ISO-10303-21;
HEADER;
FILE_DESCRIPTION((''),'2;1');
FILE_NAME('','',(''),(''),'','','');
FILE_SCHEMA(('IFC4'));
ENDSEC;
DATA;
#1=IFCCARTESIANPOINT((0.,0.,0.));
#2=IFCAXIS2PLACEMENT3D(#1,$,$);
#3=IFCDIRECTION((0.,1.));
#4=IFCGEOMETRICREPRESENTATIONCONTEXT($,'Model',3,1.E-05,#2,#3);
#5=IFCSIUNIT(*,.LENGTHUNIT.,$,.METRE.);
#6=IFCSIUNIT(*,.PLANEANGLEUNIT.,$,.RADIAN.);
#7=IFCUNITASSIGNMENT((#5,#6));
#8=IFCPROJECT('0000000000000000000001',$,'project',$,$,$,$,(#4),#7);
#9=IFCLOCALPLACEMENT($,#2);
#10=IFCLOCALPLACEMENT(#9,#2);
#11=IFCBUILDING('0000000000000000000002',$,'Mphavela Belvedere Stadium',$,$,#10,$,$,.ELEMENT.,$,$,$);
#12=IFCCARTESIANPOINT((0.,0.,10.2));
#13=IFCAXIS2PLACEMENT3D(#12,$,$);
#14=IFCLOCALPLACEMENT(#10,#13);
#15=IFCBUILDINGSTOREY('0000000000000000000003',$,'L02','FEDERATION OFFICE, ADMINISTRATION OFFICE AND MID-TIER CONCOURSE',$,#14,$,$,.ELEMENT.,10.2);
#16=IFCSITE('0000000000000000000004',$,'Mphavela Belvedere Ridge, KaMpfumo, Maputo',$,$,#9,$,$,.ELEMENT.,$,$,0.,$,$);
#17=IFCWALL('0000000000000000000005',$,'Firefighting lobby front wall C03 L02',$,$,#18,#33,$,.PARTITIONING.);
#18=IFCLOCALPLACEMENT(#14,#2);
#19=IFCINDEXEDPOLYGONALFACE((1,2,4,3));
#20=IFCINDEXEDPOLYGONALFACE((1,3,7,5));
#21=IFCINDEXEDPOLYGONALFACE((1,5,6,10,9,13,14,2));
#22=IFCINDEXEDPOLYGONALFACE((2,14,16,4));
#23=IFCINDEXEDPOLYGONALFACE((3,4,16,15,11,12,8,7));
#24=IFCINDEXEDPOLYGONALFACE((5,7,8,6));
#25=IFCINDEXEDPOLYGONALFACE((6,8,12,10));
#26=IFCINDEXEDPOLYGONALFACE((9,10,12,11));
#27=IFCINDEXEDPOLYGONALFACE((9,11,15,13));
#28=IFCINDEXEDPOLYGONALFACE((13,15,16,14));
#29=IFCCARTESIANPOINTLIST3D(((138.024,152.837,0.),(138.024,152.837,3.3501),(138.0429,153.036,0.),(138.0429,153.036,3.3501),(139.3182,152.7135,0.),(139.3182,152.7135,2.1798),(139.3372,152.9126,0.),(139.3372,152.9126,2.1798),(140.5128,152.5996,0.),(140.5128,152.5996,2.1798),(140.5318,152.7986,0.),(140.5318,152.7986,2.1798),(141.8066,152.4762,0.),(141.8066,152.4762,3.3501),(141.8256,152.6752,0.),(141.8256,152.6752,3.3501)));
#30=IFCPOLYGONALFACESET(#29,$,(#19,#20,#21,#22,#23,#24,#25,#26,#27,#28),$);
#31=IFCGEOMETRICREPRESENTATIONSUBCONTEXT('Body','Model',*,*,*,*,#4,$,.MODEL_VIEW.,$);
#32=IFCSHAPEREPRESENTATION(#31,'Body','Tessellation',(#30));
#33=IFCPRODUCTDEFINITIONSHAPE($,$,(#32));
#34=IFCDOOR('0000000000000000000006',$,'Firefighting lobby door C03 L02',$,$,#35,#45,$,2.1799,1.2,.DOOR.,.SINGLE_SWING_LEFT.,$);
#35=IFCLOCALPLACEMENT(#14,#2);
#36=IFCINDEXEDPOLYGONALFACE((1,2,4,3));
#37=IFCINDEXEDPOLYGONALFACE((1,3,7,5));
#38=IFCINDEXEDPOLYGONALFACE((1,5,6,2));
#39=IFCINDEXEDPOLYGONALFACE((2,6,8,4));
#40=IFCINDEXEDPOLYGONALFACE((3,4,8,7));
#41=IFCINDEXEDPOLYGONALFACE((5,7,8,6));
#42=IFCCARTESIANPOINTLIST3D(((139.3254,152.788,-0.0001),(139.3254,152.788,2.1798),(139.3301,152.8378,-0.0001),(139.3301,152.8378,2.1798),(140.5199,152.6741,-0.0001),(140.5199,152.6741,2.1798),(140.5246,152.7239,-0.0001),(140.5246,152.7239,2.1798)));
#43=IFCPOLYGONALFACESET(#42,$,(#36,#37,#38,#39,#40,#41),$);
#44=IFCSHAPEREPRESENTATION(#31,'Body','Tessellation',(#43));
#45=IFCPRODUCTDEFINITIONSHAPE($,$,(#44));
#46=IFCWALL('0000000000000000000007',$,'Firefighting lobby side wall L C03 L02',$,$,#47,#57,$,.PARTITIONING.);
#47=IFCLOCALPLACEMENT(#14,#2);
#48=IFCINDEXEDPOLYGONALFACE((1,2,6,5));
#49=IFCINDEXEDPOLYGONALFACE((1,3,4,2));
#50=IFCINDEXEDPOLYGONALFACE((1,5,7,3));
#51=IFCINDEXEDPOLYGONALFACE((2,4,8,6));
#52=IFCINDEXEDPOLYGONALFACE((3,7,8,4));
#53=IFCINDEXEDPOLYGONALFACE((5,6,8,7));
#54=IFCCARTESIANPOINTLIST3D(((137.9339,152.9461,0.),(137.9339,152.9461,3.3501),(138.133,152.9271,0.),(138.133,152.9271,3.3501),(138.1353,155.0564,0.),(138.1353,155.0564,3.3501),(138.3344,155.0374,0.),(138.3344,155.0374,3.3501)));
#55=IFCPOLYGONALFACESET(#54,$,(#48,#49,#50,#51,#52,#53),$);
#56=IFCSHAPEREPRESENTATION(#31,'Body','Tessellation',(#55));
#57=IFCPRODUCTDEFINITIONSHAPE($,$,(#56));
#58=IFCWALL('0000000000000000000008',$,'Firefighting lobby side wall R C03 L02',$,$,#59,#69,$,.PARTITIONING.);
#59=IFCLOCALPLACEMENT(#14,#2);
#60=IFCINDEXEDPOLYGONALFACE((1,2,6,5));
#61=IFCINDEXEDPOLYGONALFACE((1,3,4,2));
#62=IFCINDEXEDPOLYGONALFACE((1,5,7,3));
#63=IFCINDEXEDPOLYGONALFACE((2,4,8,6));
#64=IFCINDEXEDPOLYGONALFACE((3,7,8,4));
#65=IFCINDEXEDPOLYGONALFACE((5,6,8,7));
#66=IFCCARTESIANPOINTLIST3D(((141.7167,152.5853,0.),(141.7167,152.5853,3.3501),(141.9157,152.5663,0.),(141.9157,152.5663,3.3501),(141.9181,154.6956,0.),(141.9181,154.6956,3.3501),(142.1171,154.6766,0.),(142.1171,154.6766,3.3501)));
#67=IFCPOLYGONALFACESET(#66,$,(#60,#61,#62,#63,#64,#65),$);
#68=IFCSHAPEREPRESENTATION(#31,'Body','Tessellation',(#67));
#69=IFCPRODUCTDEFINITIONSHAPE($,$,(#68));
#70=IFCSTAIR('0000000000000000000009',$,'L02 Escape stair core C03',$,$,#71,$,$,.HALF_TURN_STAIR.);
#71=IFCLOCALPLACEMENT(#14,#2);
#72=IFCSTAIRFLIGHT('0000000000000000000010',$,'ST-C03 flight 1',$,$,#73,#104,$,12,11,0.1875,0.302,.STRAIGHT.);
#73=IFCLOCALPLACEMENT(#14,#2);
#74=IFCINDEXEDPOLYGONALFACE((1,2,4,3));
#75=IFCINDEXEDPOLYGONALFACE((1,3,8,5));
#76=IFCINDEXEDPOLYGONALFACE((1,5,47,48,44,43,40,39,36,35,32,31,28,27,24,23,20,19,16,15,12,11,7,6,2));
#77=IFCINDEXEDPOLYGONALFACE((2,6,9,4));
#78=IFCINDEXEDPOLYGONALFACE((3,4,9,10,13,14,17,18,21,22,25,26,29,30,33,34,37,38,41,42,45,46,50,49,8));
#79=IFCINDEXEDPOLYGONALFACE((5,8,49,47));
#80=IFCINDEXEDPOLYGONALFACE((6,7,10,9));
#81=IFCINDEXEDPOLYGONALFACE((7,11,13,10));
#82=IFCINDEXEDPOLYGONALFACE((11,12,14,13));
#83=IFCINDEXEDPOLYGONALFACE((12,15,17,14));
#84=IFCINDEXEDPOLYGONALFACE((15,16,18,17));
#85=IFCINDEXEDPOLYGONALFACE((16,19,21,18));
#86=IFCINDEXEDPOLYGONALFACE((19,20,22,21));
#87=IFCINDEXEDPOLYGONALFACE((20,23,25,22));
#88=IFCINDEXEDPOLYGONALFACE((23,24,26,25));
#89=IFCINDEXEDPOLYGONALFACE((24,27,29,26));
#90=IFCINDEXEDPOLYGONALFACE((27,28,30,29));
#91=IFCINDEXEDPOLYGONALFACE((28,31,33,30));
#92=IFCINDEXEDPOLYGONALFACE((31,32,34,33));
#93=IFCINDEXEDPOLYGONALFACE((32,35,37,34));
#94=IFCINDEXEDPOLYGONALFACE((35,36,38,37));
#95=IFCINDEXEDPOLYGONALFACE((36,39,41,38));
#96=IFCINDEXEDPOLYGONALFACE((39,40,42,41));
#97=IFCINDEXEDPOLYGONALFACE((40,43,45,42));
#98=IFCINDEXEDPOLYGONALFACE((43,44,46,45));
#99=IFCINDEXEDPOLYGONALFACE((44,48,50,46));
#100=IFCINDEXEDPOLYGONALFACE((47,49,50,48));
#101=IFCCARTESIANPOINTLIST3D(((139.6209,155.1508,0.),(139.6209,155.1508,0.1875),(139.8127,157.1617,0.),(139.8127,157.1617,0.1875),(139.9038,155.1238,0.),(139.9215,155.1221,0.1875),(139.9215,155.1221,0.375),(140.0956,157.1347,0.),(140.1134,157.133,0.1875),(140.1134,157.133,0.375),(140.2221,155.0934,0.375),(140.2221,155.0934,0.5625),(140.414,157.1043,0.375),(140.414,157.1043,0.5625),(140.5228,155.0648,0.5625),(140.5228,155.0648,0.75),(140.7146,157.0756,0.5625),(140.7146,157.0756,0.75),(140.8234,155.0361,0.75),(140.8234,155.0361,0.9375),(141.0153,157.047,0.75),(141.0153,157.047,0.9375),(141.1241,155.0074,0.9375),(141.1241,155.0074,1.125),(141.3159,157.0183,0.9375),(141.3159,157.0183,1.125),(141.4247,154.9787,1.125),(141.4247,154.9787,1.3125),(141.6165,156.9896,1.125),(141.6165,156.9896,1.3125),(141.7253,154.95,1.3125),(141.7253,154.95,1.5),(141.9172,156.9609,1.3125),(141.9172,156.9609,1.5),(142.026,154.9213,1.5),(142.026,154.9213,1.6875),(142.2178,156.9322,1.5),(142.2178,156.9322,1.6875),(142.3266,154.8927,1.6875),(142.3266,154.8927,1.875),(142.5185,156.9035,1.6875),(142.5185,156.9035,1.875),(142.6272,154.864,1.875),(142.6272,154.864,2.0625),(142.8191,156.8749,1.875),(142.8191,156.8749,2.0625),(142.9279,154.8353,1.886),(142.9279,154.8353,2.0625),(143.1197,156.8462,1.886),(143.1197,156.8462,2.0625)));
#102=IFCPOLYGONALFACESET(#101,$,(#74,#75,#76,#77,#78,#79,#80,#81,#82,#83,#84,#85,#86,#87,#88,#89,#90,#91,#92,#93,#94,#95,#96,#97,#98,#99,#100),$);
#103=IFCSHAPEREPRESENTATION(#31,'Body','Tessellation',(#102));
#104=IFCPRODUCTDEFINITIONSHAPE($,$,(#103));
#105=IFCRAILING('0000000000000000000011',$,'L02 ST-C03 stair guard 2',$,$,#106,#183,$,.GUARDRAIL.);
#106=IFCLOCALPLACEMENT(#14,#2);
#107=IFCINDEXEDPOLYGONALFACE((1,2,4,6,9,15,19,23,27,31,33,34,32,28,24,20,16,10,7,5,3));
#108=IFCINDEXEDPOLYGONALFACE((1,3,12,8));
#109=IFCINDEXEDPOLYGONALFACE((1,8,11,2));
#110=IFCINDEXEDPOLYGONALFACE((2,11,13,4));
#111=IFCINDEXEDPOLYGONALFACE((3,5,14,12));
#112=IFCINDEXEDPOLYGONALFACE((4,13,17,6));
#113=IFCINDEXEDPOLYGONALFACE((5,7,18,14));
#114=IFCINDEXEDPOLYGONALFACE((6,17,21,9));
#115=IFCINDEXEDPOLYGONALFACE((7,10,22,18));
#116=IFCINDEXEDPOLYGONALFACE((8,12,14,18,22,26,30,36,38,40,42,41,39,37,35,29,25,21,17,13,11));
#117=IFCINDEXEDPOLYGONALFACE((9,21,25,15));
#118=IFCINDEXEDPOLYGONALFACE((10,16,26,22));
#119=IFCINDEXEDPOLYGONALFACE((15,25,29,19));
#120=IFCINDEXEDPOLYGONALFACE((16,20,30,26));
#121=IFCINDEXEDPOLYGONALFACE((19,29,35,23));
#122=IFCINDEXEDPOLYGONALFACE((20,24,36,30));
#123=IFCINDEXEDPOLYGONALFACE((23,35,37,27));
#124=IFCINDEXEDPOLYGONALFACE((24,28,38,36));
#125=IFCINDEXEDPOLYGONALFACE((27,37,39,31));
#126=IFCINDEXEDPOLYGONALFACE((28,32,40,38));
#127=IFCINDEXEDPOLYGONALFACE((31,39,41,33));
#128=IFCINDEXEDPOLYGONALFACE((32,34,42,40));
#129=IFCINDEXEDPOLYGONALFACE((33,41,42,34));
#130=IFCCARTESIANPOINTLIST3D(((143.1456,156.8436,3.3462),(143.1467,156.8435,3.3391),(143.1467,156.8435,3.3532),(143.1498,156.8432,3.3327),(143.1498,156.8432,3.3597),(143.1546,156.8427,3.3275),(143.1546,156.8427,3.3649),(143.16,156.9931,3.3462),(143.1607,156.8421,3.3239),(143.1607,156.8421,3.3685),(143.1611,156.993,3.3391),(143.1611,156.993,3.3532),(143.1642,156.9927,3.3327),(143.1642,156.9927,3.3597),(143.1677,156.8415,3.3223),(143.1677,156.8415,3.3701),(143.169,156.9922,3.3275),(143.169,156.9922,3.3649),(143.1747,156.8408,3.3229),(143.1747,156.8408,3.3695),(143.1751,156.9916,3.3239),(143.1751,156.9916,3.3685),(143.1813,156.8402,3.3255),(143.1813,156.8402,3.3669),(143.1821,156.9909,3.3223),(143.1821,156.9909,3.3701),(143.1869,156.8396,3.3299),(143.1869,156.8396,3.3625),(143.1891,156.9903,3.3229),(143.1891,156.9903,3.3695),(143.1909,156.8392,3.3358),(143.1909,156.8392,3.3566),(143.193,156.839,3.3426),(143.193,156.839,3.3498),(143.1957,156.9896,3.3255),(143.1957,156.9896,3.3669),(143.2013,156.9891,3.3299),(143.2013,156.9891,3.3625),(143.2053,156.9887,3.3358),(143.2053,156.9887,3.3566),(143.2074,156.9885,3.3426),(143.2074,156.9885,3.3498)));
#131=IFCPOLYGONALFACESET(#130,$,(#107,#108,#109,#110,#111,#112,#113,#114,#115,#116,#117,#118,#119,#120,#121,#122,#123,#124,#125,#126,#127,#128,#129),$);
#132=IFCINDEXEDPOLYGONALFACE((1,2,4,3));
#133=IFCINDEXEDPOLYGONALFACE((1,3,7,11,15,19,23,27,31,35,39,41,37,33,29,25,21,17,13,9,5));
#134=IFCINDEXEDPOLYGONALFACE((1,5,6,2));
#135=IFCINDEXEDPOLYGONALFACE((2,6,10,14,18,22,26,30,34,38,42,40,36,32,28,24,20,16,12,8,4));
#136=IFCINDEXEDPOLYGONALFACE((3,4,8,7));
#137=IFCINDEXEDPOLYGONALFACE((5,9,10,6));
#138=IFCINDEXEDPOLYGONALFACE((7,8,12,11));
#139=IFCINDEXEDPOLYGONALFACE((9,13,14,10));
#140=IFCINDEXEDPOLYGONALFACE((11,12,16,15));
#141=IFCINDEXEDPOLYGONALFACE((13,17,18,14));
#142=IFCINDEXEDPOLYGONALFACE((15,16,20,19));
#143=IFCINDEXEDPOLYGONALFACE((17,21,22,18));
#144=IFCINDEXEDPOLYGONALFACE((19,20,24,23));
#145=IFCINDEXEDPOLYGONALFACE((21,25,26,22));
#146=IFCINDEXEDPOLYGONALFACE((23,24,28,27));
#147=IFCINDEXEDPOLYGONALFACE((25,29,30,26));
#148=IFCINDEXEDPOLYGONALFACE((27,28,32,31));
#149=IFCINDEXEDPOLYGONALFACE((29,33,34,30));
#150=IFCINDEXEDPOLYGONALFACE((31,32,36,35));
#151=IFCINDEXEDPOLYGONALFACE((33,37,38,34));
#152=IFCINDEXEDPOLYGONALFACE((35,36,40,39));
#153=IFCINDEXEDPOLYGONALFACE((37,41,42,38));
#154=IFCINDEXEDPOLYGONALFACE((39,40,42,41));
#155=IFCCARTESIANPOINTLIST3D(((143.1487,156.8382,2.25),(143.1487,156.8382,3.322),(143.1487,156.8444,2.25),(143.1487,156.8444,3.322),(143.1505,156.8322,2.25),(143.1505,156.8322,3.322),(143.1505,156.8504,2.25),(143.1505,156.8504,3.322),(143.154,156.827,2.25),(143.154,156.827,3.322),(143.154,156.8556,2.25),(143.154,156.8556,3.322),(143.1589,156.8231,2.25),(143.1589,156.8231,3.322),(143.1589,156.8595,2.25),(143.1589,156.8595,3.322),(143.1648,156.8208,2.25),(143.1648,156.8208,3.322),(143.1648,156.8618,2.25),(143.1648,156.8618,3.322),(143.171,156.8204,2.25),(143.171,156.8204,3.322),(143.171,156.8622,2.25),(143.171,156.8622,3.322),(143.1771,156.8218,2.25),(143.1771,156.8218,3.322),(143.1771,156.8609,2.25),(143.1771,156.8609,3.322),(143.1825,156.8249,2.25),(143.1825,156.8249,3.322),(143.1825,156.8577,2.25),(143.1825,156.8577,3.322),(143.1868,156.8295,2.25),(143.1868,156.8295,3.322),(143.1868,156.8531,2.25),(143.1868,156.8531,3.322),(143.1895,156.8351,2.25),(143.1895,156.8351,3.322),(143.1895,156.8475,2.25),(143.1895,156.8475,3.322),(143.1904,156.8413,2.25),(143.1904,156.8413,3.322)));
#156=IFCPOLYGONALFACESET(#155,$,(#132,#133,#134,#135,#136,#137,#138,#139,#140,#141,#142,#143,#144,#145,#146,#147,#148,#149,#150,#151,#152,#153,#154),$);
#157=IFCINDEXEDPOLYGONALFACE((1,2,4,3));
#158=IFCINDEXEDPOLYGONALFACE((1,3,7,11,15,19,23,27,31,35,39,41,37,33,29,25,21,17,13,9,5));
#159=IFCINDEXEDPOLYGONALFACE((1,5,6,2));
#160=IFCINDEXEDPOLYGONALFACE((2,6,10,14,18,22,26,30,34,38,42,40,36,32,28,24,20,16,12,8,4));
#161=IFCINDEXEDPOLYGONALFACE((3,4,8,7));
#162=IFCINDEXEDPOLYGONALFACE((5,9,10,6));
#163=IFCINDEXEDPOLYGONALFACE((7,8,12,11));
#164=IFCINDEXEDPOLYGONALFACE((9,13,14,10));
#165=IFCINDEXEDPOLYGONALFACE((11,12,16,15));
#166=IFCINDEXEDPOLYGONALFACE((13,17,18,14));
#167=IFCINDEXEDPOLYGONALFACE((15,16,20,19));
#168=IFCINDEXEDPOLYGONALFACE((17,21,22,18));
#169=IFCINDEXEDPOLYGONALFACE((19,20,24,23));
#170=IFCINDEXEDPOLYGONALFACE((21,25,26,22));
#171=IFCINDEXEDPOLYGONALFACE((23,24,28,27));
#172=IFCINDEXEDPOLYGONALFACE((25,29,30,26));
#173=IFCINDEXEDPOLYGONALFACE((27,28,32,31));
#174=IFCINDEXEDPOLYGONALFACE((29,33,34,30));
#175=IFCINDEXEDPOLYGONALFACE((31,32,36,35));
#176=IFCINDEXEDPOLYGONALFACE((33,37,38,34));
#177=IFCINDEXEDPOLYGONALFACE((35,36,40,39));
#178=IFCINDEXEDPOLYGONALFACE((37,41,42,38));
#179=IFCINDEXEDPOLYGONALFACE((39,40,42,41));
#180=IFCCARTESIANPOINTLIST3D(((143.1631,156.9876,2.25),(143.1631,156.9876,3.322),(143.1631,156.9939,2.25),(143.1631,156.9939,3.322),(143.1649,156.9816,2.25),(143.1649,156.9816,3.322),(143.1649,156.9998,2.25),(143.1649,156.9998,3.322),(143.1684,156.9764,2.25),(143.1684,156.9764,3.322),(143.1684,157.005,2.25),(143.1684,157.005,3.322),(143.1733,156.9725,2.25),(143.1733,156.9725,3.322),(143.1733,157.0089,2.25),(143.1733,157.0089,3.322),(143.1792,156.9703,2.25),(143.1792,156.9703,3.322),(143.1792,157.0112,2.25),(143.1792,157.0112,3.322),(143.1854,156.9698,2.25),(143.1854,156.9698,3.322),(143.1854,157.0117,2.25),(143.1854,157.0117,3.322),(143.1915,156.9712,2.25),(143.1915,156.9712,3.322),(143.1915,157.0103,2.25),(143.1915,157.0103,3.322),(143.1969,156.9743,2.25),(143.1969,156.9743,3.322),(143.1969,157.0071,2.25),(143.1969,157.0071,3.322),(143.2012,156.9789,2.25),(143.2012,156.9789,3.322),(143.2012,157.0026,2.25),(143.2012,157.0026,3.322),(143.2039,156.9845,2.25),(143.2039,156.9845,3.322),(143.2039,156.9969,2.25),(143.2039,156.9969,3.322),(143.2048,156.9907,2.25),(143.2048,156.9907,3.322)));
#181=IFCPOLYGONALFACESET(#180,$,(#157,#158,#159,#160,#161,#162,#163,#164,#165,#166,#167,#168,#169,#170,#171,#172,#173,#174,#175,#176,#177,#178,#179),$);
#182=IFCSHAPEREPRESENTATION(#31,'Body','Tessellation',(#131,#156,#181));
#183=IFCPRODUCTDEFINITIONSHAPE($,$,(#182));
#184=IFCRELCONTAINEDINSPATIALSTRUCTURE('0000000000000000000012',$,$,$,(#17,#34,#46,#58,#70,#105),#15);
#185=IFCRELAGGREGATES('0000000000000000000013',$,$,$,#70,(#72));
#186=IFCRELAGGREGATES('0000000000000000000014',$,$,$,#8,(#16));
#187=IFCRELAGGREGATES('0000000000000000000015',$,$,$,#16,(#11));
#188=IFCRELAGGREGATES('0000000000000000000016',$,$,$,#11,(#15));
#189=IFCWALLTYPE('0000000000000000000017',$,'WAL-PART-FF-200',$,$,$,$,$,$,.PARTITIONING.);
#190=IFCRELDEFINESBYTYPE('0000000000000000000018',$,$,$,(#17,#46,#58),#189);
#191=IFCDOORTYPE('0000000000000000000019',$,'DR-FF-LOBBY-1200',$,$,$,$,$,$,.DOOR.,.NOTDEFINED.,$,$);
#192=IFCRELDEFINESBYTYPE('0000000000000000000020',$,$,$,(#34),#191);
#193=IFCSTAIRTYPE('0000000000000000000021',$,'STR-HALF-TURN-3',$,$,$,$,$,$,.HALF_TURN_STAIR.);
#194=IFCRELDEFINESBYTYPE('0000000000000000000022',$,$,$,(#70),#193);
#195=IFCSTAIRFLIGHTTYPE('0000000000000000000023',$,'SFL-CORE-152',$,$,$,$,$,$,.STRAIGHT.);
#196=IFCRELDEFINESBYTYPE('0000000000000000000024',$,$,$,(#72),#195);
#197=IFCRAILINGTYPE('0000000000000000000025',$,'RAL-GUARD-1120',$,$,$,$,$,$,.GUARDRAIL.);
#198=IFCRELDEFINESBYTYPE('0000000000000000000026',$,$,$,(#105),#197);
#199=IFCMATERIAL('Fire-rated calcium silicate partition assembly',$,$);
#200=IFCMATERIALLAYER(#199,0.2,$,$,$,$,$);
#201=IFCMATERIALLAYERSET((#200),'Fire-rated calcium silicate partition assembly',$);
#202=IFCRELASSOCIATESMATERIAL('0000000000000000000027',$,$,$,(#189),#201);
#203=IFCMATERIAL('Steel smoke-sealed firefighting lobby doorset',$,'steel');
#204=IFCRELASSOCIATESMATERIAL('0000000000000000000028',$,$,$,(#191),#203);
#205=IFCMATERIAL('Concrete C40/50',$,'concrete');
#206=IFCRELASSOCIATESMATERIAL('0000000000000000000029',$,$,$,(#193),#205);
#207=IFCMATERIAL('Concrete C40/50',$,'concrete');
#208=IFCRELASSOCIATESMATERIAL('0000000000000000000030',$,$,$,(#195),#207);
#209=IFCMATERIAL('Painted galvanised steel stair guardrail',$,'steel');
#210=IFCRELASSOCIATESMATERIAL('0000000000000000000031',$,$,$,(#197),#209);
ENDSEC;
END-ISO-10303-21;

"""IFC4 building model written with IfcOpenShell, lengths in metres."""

from ifc_helpers import new_model, si_unit, direction, frame, frame_2d, origin, origin_2d, place, context, subcontext, project, spatial, polyline, rectangle, circle, outline, extrude, material, layer, layer_set, type_object, element, fill, aggregate, save


model = new_model("IFC4")

# Units and contexts
model_context = context("Model", 3, precision=1e-05, world=origin(), true_north=direction((0.0, 1.0)))
body_context = subcontext(model_context, "Body", "Model", "MODEL_VIEW")
ifc_project = project(units=[si_unit("LENGTHUNIT", "METRE"), si_unit("PLANEANGLEUNIT", "RADIAN")], contexts=[model_context])

# Site, building, storey
site_placement = place(None, origin())
site = spatial("IfcSite", under=ifc_project, at=site_placement, Name="Mphavela Belvedere Ridge, KaMpfumo, Maputo", CompositionType="ELEMENT", RefElevation=0.0)
building_placement = place(site_placement, origin())
building = spatial("IfcBuilding", under=site, at=building_placement, Name="Mphavela Belvedere Stadium", CompositionType="ELEMENT")
storey_placement = place(building_placement, frame((0.0, 0.0, 10.2)))
storey = spatial("IfcBuildingStorey", under=building, at=storey_placement, Name="L02", Description="FEDERATION OFFICE, ADMINISTRATION OFFICE AND MID-TIER CONCOURSE", CompositionType="ELEMENT", Elevation=10.2)

# Wall, opening, door
ifc_material_1 = material(Name="Fire-rated calcium silicate partition assembly")
ifc_layer_1 = layer(ifc_material_1, 0.2)
ifc_layer_set_1 = layer_set([ifc_layer_1], Name="Fire-rated calcium silicate partition assembly")
wall_type_1 = type_object("IfcWallType", Name="WAL-PART-FF-200", PredefinedType="PARTITIONING", material=ifc_layer_set_1)
wall_1_placement = place(storey_placement, frame((138.0334, 152.9365, 0.0), z_axis=(0.0, 0.0, 1.0), x_axis=(0.995481, -0.094961, 0.0)))
wall_1 = element("IfcWall", 1, at=wall_1_placement, inside=storey, type_object=wall_type_1, Name="Firefighting lobby front wall C03 L02", PredefinedType="PARTITIONING", context=body_context, shape_type="SweptSolid", body=[
    extrude(rectangle(XDim=3.7998, YDim=0.2, at=frame_2d((1.8999, 0.0))), origin(), (0.0, 0.0, 1.0), 3.3501),
])
opening_1_placement = place(wall_1_placement, frame((1.3, 0.0, 0.0)))
opening_1 = element("IfcOpeningElement", 2, at=opening_1_placement, cuts=wall_1, PredefinedType="OPENING", context=body_context, shape_type="SweptSolid", body=[
    extrude(rectangle(XDim=1.2, YDim=2.1799, at=frame_2d((0.6001, 1.0898))), frame((0.0, 0.1099, 0.0), z_axis=(0.0, -1.0, 0.0), x_axis=(1.0, 0.0, 0.0)), (0.0, 0.0, 1.0), 0.22),
])
ifc_material_2 = material(Name="Steel smoke-sealed firefighting lobby doorset", Category="steel")
door_type_1 = type_object("IfcDoorType", Name="DR-FF-LOBBY-1200", OperationType="NOTDEFINED", PredefinedType="DOOR", material=ifc_material_2)
door_1_placement = place(opening_1_placement, origin())
door_1 = element("IfcDoor", 3, at=door_1_placement, inside=storey, type_object=door_type_1, Name="Firefighting lobby door C03 L02", OperationType="SINGLE_SWING_LEFT", OverallHeight=2.1799, OverallWidth=1.2, PredefinedType="DOOR", context=body_context, shape_type="SweptSolid", body=[
    extrude(rectangle(XDim=1.2, YDim=2.1799, at=frame_2d((0.6001, 1.0898))), frame((0.0, 0.0249, 0.0), z_axis=(0.0, -1.0, 0.0), x_axis=(1.0, 0.0, 0.0)), (0.0, 0.0, 1.0), 0.05),
])
fill(opening_1, door_1)

# Walls
for number, where, z_axis, x_axis, name in (
    (4, (138.0334, 152.9365, 0.0), (0.0, 0.0, 1.0), (0.09501, 0.995476, 0.0), "Firefighting lobby side wall L C03 L02"),
    (5, (141.8162, 152.5757, 0.0), (0.0, 0.0, 1.0), (0.09501, 0.995476, 0.0), "Firefighting lobby side wall R C03 L02"),
):
    element("IfcWall", number, at=place(storey_placement, frame(where, z_axis=z_axis, x_axis=x_axis)), inside=storey, type_object=wall_type_1, Name=name, PredefinedType="PARTITIONING", context=body_context, shape_type="SweptSolid", body=[
        extrude(rectangle(XDim=2.1199, YDim=0.2, at=frame_2d((1.0601, 0.0))), origin(), (0.0, 0.0, 1.0), 3.3501),
    ])

# Stair, stair flight
ifc_material_3 = material(Name="Concrete C40/50", Category="concrete")
stair_type = type_object("IfcStairType", Name="STR-HALF-TURN-3", PredefinedType="HALF_TURN_STAIR", material=ifc_material_3)
stair_placement = place(storey_placement, origin())
stair = element("IfcStair", 6, at=stair_placement, inside=storey, type_object=stair_type, Name="L02 Escape stair core C03", PredefinedType="HALF_TURN_STAIR")
ifc_material_4 = material(Name="Concrete C40/50", Category="concrete")
stair_flight_type = type_object("IfcStairFlightType", Name="SFL-CORE-152", PredefinedType="STRAIGHT", material=ifc_material_4)
stair_flight_placement = place(storey_placement, frame((139.7168, 156.1562, 0.0), z_axis=(0.0, 0.0, 1.0), x_axis=(0.995479, -0.094977, 0.0)))
stair_flight = element("IfcStairFlight", 7, at=stair_flight_placement, type_object=stair_flight_type, Name="ST-C03 flight 1", NumberOfRisers=12, NumberOfTreads=11, PredefinedType="STRAIGHT", RiserHeight=0.1875, TreadLength=0.302, context=body_context, shape_type="SweptSolid", body=[
    extrude(outline(polyline([(0.0, 0.0), (0.0, 0.1875), (0.302, 0.1875), (0.302, 0.375), (0.604, 0.375), (0.604, 0.5625), (0.906, 0.5625), (0.906, 0.75), (1.208, 0.75), (1.208, 0.9375), (1.51, 0.9375), (1.51, 1.125), (1.812, 1.125), (1.812, 1.3125), (2.114, 1.3125), (2.114, 1.5), (2.416, 1.5), (2.416, 1.6875), (2.718, 1.6875), (2.718, 1.875), (3.02, 1.875), (3.02, 2.0625), (3.322, 2.0625), (3.322, 2.25), (3.322, 1.886), (0.2842, 0.0), (0.0, 0.0)])), frame((0.0, 1.01, 0.0), z_axis=(0.0, -1.0, 0.0), x_axis=(1.0, 0.0, 0.0)), (0.0, 0.0, 1.0), 2.02),
])
aggregate(stair, [stair_flight])

# Railing
ifc_material_5 = material(Name="Painted galvanised steel stair guardrail", Category="steel")
railing_type_1 = type_object("IfcRailingType", Name="RAL-GUARD-1120", PredefinedType="GUARDRAIL", material=ifc_material_5)
railing_1_placement = place(storey_placement, frame((143.1694, 156.8413, 2.25)))
element("IfcRailing", 8, at=railing_1_placement, inside=storey, type_object=railing_type_1, Name="L02 ST-C03 stair guard 2", PredefinedType="GUARDRAIL", context=body_context, shape_type="SweptSolid", body=[
    extrude(circle(Radius=0.0239, at=origin_2d()), frame((0.0, 0.0, 1.0962), z_axis=(0.09596, 0.995385, 0.0), x_axis=(-0.995385, 0.09596, 0.0)), (0.0, 0.0, 1.0), 0.1501),
    extrude(circle(Radius=0.021, at=origin_2d()), origin(), (0.0, 0.0, 1.0), 1.072),
    extrude(circle(Radius=0.021, at=origin_2d()), frame((0.0144, 0.1494, 0.0)), (0.0, 0.0, 1.0), 1.072),
])

save(model, "model.ifc")
